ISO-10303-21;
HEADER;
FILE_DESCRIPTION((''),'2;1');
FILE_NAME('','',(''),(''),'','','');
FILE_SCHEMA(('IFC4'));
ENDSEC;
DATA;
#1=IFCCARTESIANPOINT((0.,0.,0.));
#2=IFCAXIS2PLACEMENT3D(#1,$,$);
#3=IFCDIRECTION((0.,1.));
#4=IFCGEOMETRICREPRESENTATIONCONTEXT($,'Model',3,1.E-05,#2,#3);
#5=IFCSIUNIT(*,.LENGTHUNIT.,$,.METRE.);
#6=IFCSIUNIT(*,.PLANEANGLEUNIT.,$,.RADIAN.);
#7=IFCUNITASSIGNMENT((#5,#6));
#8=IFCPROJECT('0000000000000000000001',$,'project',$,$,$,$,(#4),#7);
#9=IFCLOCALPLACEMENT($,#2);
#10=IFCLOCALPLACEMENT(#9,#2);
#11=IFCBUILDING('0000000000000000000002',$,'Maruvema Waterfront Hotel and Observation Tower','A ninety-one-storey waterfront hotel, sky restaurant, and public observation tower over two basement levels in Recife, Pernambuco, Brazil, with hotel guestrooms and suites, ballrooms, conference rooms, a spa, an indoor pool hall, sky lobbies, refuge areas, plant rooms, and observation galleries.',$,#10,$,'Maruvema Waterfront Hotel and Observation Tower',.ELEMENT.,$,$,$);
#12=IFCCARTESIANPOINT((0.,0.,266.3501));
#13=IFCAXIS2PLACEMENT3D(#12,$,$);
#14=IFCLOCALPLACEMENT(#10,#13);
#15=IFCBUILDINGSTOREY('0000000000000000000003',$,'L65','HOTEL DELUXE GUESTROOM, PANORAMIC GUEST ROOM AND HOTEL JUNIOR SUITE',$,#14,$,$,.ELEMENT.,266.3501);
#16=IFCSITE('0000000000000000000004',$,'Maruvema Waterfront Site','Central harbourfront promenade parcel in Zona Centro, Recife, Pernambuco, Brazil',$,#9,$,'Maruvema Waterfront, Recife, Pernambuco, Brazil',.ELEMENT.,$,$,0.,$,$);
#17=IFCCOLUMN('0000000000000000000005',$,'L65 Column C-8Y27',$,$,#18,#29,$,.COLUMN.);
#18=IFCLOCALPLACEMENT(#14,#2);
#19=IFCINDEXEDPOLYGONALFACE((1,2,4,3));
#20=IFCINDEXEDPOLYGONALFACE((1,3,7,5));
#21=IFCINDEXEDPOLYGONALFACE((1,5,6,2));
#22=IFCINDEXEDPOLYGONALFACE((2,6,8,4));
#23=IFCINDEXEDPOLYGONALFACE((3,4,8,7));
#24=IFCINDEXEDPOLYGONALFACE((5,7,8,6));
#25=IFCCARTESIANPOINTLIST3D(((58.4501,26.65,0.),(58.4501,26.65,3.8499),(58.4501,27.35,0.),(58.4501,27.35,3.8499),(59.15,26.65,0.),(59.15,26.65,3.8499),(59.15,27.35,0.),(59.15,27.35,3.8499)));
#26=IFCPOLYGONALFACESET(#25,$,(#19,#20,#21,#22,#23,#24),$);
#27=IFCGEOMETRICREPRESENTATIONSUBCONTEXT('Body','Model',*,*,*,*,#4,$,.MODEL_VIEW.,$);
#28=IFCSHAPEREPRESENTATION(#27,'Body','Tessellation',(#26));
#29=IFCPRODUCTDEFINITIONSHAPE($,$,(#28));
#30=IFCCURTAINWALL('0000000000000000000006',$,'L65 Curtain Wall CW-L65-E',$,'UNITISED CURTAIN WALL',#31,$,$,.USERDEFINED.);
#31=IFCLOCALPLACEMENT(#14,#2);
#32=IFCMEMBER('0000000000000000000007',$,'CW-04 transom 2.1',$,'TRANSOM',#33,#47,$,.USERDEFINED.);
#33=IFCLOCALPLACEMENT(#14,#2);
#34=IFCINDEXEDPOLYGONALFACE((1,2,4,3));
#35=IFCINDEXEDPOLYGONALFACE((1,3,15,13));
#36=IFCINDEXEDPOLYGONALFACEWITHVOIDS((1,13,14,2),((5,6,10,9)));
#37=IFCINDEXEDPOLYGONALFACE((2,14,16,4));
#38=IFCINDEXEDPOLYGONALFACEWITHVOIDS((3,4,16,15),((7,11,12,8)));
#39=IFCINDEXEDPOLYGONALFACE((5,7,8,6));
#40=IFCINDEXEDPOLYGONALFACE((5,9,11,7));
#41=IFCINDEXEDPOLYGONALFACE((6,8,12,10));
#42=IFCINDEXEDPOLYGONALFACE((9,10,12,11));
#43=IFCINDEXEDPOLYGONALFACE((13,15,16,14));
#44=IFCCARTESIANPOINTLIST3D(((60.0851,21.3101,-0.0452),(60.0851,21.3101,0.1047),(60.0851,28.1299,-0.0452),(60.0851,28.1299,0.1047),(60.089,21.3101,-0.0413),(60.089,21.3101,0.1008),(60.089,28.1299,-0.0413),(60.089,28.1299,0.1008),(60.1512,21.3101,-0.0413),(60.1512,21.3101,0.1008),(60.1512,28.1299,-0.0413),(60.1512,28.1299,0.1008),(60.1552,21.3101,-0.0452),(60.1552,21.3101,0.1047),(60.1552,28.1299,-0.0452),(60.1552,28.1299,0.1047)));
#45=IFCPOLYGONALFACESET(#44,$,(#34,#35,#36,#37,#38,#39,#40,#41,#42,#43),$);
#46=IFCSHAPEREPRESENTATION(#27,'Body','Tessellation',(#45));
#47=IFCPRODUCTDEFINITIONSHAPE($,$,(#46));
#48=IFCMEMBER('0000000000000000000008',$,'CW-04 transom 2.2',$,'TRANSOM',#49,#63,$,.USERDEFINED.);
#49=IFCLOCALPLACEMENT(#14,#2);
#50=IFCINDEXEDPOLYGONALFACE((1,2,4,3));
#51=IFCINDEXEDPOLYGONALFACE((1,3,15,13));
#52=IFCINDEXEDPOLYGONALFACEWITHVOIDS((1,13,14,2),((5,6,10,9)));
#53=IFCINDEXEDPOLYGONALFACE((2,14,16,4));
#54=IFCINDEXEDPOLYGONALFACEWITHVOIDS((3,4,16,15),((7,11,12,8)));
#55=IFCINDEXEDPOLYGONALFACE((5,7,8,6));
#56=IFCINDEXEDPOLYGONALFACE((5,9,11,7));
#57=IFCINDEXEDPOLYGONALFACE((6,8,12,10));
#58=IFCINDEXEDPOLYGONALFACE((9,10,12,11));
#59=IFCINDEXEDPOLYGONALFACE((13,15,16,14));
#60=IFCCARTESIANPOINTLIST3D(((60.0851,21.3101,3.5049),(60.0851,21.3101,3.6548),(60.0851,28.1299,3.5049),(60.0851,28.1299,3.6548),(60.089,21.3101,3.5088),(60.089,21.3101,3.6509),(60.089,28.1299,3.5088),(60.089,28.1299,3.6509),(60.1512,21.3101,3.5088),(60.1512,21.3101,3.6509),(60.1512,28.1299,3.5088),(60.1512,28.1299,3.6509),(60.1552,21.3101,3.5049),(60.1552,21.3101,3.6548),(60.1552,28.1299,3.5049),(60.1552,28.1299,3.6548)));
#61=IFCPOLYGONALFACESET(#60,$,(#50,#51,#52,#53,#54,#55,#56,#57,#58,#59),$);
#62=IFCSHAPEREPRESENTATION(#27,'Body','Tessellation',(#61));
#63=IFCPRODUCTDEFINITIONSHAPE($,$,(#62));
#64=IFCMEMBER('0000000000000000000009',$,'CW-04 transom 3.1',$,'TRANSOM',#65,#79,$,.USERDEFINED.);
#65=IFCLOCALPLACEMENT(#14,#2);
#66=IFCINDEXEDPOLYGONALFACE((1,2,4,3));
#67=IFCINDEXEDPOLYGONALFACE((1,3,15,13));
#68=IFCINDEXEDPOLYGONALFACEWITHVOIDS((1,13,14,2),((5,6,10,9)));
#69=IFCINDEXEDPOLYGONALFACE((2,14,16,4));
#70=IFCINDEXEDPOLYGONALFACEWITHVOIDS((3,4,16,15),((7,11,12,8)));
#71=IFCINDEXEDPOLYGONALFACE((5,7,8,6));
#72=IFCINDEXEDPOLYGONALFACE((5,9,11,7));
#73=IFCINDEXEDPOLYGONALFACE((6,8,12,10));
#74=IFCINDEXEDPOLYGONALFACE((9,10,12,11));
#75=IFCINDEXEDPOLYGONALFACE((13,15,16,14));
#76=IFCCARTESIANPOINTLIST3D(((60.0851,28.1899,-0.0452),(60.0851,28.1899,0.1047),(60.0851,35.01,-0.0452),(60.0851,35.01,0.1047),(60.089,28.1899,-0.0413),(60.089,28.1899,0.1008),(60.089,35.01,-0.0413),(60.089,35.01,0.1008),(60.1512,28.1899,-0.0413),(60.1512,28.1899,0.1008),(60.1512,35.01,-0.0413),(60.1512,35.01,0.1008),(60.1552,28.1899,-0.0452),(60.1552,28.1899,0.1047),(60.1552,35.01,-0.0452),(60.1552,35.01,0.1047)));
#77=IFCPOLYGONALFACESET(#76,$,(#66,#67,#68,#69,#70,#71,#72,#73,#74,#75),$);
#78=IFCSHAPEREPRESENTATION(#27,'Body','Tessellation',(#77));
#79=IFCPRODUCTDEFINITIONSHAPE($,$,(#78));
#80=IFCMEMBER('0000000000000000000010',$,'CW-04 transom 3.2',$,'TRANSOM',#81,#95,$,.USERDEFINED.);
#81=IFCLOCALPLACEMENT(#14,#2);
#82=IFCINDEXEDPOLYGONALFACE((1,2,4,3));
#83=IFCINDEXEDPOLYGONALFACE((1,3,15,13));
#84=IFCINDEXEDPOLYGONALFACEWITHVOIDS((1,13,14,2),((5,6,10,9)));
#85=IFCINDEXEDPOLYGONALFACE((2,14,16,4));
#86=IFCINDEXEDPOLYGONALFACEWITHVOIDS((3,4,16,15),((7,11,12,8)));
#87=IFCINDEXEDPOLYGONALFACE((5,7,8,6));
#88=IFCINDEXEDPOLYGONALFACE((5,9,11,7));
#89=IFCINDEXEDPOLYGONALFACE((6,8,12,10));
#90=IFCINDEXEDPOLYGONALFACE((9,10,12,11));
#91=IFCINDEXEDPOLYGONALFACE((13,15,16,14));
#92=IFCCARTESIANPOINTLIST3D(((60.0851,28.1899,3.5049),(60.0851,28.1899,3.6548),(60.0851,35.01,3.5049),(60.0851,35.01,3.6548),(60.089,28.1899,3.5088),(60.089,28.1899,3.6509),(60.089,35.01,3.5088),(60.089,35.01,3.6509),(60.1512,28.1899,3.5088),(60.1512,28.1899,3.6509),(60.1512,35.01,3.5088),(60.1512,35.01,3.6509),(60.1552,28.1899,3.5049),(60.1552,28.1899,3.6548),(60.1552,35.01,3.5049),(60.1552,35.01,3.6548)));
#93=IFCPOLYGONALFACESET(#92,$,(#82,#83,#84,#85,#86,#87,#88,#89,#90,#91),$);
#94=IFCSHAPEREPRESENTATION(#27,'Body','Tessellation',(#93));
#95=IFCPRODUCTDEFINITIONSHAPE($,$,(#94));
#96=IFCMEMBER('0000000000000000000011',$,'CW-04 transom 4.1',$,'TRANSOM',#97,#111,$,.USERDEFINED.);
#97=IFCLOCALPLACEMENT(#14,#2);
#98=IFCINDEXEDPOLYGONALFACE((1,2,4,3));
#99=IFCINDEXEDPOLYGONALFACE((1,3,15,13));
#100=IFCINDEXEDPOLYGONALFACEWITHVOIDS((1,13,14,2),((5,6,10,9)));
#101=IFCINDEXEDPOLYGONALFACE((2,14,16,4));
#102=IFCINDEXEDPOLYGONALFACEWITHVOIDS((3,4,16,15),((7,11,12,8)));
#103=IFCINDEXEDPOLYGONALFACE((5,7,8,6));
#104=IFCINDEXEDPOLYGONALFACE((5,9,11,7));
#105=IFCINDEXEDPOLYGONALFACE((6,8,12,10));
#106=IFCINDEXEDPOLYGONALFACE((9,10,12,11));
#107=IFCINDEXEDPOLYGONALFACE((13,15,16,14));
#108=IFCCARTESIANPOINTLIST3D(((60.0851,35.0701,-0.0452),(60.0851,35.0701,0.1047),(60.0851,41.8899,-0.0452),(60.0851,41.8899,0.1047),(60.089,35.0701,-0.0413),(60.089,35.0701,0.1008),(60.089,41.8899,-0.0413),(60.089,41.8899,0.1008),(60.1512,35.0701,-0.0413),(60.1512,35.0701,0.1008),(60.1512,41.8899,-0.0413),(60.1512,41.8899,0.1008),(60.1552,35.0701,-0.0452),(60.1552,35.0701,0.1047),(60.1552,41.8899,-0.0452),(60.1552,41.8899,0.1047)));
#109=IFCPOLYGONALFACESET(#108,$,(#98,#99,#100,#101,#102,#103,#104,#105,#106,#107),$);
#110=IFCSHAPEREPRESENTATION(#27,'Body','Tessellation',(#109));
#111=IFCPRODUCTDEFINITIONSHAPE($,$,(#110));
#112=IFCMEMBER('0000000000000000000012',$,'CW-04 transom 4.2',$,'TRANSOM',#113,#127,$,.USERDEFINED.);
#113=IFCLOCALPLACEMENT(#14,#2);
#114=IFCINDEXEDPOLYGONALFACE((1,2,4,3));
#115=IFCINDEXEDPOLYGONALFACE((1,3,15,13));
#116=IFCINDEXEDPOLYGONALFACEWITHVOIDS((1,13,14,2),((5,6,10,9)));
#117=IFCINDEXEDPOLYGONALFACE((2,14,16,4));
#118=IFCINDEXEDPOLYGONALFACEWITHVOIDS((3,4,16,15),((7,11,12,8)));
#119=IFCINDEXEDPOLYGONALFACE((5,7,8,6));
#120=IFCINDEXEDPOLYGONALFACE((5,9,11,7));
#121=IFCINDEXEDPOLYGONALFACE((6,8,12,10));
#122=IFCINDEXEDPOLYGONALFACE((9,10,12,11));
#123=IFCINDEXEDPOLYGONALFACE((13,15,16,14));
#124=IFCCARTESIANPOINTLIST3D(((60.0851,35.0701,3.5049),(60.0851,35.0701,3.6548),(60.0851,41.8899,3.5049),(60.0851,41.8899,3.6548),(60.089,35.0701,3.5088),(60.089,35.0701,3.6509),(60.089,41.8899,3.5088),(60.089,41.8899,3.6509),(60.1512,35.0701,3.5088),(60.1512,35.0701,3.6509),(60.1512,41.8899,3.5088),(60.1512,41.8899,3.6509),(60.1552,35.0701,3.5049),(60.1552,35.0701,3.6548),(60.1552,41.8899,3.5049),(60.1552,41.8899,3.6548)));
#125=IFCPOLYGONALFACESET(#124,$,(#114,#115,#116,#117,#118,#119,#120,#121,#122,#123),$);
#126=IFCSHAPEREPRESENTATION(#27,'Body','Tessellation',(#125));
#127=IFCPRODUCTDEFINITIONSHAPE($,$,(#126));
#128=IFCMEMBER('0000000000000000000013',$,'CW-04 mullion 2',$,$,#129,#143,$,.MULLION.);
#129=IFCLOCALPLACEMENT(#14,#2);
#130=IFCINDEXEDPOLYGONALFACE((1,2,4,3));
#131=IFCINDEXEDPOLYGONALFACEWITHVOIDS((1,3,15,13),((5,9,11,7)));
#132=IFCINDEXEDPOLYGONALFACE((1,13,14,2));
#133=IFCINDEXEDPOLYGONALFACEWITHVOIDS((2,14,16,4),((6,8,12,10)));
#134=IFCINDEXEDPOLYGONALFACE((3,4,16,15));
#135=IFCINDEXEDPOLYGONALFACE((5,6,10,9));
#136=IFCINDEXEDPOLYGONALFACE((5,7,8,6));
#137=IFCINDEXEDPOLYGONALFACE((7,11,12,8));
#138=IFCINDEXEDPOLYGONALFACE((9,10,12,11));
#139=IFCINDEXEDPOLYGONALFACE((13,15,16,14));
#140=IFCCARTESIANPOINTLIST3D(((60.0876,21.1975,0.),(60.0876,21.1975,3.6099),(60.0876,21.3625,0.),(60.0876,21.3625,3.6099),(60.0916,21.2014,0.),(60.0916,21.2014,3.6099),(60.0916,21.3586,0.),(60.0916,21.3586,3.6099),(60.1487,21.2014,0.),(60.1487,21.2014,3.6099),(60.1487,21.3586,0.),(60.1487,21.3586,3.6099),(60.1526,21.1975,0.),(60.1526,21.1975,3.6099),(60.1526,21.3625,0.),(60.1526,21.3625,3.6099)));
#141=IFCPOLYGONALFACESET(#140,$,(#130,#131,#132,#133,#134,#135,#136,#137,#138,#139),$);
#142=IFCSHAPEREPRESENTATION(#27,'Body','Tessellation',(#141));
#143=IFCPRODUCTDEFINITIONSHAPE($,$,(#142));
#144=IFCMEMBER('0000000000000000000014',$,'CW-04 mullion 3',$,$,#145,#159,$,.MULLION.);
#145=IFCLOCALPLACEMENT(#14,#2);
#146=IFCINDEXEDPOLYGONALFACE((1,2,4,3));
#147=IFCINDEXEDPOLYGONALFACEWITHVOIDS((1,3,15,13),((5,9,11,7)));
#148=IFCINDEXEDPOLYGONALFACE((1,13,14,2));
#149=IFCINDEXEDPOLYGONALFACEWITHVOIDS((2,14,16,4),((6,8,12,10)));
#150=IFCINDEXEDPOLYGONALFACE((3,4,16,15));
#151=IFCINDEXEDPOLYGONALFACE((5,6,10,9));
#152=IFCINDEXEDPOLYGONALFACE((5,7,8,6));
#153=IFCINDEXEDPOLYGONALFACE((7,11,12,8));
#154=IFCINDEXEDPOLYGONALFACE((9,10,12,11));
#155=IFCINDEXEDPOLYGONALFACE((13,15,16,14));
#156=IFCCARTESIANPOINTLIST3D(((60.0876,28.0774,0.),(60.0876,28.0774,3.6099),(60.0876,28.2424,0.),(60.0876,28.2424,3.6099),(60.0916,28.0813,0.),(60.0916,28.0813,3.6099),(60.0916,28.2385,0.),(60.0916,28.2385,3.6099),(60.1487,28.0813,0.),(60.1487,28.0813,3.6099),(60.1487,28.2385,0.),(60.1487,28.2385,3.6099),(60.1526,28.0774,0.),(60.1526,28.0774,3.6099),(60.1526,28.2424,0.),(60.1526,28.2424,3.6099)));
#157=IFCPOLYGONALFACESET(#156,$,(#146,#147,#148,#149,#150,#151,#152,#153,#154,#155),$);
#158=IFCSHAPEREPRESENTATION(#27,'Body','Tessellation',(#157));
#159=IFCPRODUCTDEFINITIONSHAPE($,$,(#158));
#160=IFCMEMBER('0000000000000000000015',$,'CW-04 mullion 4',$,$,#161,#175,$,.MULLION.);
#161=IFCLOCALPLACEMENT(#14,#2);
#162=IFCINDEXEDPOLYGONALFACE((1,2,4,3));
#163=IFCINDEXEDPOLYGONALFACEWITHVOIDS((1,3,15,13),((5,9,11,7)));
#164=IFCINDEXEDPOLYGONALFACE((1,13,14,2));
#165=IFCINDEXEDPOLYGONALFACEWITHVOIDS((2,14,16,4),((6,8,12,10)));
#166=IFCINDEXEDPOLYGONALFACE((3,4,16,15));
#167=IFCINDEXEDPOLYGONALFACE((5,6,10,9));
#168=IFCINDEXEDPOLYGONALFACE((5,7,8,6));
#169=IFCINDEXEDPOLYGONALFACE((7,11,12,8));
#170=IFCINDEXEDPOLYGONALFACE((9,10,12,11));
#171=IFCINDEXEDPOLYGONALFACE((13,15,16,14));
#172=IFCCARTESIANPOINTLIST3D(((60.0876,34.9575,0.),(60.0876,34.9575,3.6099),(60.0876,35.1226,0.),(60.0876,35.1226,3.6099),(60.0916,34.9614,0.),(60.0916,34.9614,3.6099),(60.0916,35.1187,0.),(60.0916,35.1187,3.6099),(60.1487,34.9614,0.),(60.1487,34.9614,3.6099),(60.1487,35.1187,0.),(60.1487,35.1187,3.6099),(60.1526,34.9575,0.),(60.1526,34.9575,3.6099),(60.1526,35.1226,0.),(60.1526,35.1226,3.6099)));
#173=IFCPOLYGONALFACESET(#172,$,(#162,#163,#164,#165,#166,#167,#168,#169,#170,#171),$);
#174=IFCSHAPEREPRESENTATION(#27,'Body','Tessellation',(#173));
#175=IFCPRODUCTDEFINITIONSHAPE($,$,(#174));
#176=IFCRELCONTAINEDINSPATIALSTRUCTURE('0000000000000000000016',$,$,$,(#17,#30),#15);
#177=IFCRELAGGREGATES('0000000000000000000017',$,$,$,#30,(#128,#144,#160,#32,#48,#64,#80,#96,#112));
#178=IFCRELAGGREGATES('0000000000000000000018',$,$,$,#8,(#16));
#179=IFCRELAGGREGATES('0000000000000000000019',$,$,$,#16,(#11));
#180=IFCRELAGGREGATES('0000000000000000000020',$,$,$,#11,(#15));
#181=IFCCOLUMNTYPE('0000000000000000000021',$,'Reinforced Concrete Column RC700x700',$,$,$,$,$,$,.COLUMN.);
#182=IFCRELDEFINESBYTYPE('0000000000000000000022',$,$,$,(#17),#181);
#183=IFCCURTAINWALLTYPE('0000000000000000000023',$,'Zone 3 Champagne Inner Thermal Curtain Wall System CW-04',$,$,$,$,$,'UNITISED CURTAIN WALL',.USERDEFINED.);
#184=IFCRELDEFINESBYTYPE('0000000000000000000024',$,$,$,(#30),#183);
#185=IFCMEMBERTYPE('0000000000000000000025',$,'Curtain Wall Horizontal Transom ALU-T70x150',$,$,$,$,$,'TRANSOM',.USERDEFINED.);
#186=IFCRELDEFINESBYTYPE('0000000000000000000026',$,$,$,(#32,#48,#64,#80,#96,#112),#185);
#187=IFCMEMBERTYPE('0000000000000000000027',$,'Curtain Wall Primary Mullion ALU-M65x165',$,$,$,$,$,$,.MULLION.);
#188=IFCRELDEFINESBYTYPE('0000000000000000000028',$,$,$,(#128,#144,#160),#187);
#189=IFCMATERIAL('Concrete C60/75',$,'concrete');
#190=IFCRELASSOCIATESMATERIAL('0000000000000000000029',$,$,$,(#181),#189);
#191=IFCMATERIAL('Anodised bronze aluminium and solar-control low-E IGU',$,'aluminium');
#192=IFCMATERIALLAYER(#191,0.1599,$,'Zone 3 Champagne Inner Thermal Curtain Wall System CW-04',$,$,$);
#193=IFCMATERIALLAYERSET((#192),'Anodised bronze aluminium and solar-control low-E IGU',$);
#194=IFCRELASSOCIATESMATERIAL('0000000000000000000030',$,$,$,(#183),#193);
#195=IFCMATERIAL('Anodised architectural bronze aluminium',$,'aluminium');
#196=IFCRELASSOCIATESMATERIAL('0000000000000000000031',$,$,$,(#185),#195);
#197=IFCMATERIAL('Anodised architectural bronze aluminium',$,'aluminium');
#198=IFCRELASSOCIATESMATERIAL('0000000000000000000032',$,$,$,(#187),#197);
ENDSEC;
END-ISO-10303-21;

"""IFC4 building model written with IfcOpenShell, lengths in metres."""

from ifc_helpers import new_model, si_unit, direction, frame, origin, origin_2d, place, context, subcontext, project, spatial, rectangle, hollow_rectangle, extrude, material, layer, layer_set, material_profile, profile_set, type_object, element, aggregate, save


model = new_model("IFC4")

# Units and contexts
model_context = context("Model", 3, precision=1e-05, world=origin(), true_north=direction((0.0, 1.0)))
body_context = subcontext(model_context, "Body", "Model", "MODEL_VIEW")
ifc_project = project(units=[si_unit("LENGTHUNIT", "METRE"), si_unit("PLANEANGLEUNIT", "RADIAN")], contexts=[model_context])

# Site, building, storey
site_placement = place(None, origin())
site = spatial("IfcSite", under=ifc_project, at=site_placement, Name="Maruvema Waterfront Site", Description="Central harbourfront promenade parcel in Zona Centro, Recife, Pernambuco, Brazil", LongName="Maruvema Waterfront, Recife, Pernambuco, Brazil", CompositionType="ELEMENT", RefElevation=0.0)
building_placement = place(site_placement, origin())
building = spatial("IfcBuilding", under=site, at=building_placement, Name="Maruvema Waterfront Hotel and Observation Tower", Description="A ninety-one-storey waterfront hotel, sky restaurant, and public observation tower over two basement levels in Recife, Pernambuco, Brazil, with hotel guestrooms and suites, ballrooms, conference rooms, a spa, an indoor pool hall, sky lobbies, refuge areas, plant rooms, and observation galleries.", LongName="Maruvema Waterfront Hotel and Observation Tower", CompositionType="ELEMENT")
storey_placement = place(building_placement, frame((0.0, 0.0, 266.3501)))
storey = spatial("IfcBuildingStorey", under=building, at=storey_placement, Name="L65", Description="HOTEL DELUXE GUESTROOM, PANORAMIC GUEST ROOM AND HOTEL JUNIOR SUITE", CompositionType="ELEMENT", Elevation=266.3501)

# Column
ifc_material_1 = material(Name="Concrete C60/75", Category="concrete")
ifc_material_profile_1 = material_profile(ifc_material_1, rectangle(XDim=0.7, YDim=0.7, at=origin_2d()), Name="RC700x700")
ifc_profile_set_1 = profile_set([ifc_material_profile_1], Name="Concrete C60/75")
column_type = type_object("IfcColumnType", Name="Reinforced Concrete Column RC700x700", PredefinedType="COLUMN", material=ifc_profile_set_1)
column_placement = place(storey_placement, frame((58.8, 27.0, 0.0), z_axis=(0.0, 0.0, 1.0), x_axis=(1.0, 0.0, 0.0)))
element("IfcColumn", 1, at=column_placement, inside=storey, type_object=column_type, Name="L65 Column C-8Y27", PredefinedType="COLUMN", context=body_context, shape_type="SweptSolid", body=[
    extrude(rectangle(XDim=0.7, YDim=0.7, at=origin_2d()), origin(), (0.0, 0.0, 1.0), 3.8499),
])

# Curtain wall, members
ifc_material_2 = material(Name="Anodised bronze aluminium and solar-control low-E IGU", Category="aluminium")
ifc_layer_1 = layer(ifc_material_2, 0.1599, Name="Zone 3 Champagne Inner Thermal Curtain Wall System CW-04")
ifc_layer_set_1 = layer_set([ifc_layer_1], Name="Anodised bronze aluminium and solar-control low-E IGU")
curtain_wall_type = type_object("IfcCurtainWallType", Name="Zone 3 Champagne Inner Thermal Curtain Wall System CW-04", ElementType="UNITISED CURTAIN WALL", PredefinedType="USERDEFINED", material=ifc_layer_set_1)
curtain_wall_placement = place(storey_placement, origin())
curtain_wall = element("IfcCurtainWall", 2, at=curtain_wall_placement, inside=storey, type_object=curtain_wall_type, Name="L65 Curtain Wall CW-L65-E", ObjectType="UNITISED CURTAIN WALL", PredefinedType="USERDEFINED")
ifc_material_3 = material(Name="Anodised architectural bronze aluminium", Category="aluminium")
ifc_material_profile_2 = material_profile(ifc_material_3, hollow_rectangle(XDim=0.0701, YDim=0.1499, WallThickness=0.0039, at=origin_2d()), Name="ALU-T70x150")
ifc_profile_set_2 = profile_set([ifc_material_profile_2], Name="Anodised architectural bronze aluminium")
member_type_1 = type_object("IfcMemberType", Name="Curtain Wall Horizontal Transom ALU-T70x150", ElementType="TRANSOM", PredefinedType="USERDEFINED", material=ifc_profile_set_2)
member_1_placement = place(storey_placement, frame((60.1201, 21.3101, 0.0298), z_axis=(0.0, 1.0, 0.0), x_axis=(-1.0, 0.0, 0.0)))
member_1 = element("IfcMember", 3, at=member_1_placement, type_object=member_type_1, Name="CW-04 transom 2.1", ObjectType="TRANSOM", PredefinedType="USERDEFINED", context=body_context, shape_type="SweptSolid", body=[
    extrude(hollow_rectangle(XDim=0.0701, YDim=0.1499, WallThickness=0.0039, at=origin_2d()), origin(), (0.0, 0.0, 1.0), 6.8198),
])
member_2_placement = place(storey_placement, frame((60.1201, 21.3101, 3.5798), z_axis=(0.0, 1.0, 0.0), x_axis=(-1.0, 0.0, 0.0)))
member_2 = element("IfcMember", 4, at=member_2_placement, type_object=member_type_1, Name="CW-04 transom 2.2", ObjectType="TRANSOM", PredefinedType="USERDEFINED", context=body_context, shape_type="SweptSolid", body=[
    extrude(hollow_rectangle(XDim=0.0701, YDim=0.1499, WallThickness=0.0039, at=origin_2d()), origin(), (0.0, 0.0, 1.0), 6.8198),
])
member_3_placement = place(storey_placement, frame((60.1201, 28.1899, 0.0298), z_axis=(0.0, 1.0, 0.0), x_axis=(-1.0, 0.0, 0.0)))
member_3 = element("IfcMember", 5, at=member_3_placement, type_object=member_type_1, Name="CW-04 transom 3.1", ObjectType="TRANSOM", PredefinedType="USERDEFINED", context=body_context, shape_type="SweptSolid", body=[
    extrude(hollow_rectangle(XDim=0.0701, YDim=0.1499, WallThickness=0.0039, at=origin_2d()), origin(), (0.0, 0.0, 1.0), 6.8201),
])
member_4_placement = place(storey_placement, frame((60.1201, 28.1899, 3.5798), z_axis=(0.0, 1.0, 0.0), x_axis=(-1.0, 0.0, 0.0)))
member_4 = element("IfcMember", 6, at=member_4_placement, type_object=member_type_1, Name="CW-04 transom 3.2", ObjectType="TRANSOM", PredefinedType="USERDEFINED", context=body_context, shape_type="SweptSolid", body=[
    extrude(hollow_rectangle(XDim=0.0701, YDim=0.1499, WallThickness=0.0039, at=origin_2d()), origin(), (0.0, 0.0, 1.0), 6.8201),
])
member_5_placement = place(storey_placement, frame((60.1201, 35.0701, 0.0298), z_axis=(0.0, 1.0, 0.0), x_axis=(-1.0, 0.0, 0.0)))
member_5 = element("IfcMember", 7, at=member_5_placement, type_object=member_type_1, Name="CW-04 transom 4.1", ObjectType="TRANSOM", PredefinedType="USERDEFINED", context=body_context, shape_type="SweptSolid", body=[
    extrude(hollow_rectangle(XDim=0.0701, YDim=0.1499, WallThickness=0.0039, at=origin_2d()), origin(), (0.0, 0.0, 1.0), 6.8198),
])
member_6_placement = place(storey_placement, frame((60.1201, 35.0701, 3.5798), z_axis=(0.0, 1.0, 0.0), x_axis=(-1.0, 0.0, 0.0)))
member_6 = element("IfcMember", 8, at=member_6_placement, type_object=member_type_1, Name="CW-04 transom 4.2", ObjectType="TRANSOM", PredefinedType="USERDEFINED", context=body_context, shape_type="SweptSolid", body=[
    extrude(hollow_rectangle(XDim=0.0701, YDim=0.1499, WallThickness=0.0039, at=origin_2d()), origin(), (0.0, 0.0, 1.0), 6.8198),
])
ifc_material_4 = material(Name="Anodised architectural bronze aluminium", Category="aluminium")
ifc_material_profile_3 = material_profile(ifc_material_4, hollow_rectangle(XDim=0.0649, YDim=0.165, WallThickness=0.0039, at=origin_2d()), Name="ALU-M65x165")
ifc_profile_set_3 = profile_set([ifc_material_profile_3], Name="Anodised architectural bronze aluminium")
member_type_2 = type_object("IfcMemberType", Name="Curtain Wall Primary Mullion ALU-M65x165", PredefinedType="MULLION", material=ifc_profile_set_3)
member_7_placement = place(storey_placement, frame((60.1201, 21.28, 0.0), z_axis=(0.0, 0.0, 1.0), x_axis=(-1.0, 0.0, 0.0)))
member_7 = element("IfcMember", 9, at=member_7_placement, type_object=member_type_2, Name="CW-04 mullion 2", PredefinedType="MULLION", context=body_context, shape_type="SweptSolid", body=[
    extrude(hollow_rectangle(XDim=0.0649, YDim=0.165, WallThickness=0.0039, at=origin_2d()), origin(), (0.0, 0.0, 1.0), 3.6099),
])
member_8_placement = place(storey_placement, frame((60.1201, 28.1599, 0.0), z_axis=(0.0, 0.0, 1.0), x_axis=(-1.0, 0.0, 0.0)))
member_8 = element("IfcMember", 10, at=member_8_placement, type_object=member_type_2, Name="CW-04 mullion 3", PredefinedType="MULLION", context=body_context, shape_type="SweptSolid", body=[
    extrude(hollow_rectangle(XDim=0.0649, YDim=0.165, WallThickness=0.0039, at=origin_2d()), origin(), (0.0, 0.0, 1.0), 3.6099),
])
member_9_placement = place(storey_placement, frame((60.1201, 35.04, 0.0), z_axis=(0.0, 0.0, 1.0), x_axis=(-1.0, 0.0, 0.0)))
member_9 = element("IfcMember", 11, at=member_9_placement, type_object=member_type_2, Name="CW-04 mullion 4", PredefinedType="MULLION", context=body_context, shape_type="SweptSolid", body=[
    extrude(hollow_rectangle(XDim=0.0649, YDim=0.165, WallThickness=0.0039, at=origin_2d()), origin(), (0.0, 0.0, 1.0), 3.6099),
])

aggregate(curtain_wall, [member_7, member_8, member_9, member_1, member_2, member_3, member_4, member_5, member_6])

save(model, "model.ifc")
